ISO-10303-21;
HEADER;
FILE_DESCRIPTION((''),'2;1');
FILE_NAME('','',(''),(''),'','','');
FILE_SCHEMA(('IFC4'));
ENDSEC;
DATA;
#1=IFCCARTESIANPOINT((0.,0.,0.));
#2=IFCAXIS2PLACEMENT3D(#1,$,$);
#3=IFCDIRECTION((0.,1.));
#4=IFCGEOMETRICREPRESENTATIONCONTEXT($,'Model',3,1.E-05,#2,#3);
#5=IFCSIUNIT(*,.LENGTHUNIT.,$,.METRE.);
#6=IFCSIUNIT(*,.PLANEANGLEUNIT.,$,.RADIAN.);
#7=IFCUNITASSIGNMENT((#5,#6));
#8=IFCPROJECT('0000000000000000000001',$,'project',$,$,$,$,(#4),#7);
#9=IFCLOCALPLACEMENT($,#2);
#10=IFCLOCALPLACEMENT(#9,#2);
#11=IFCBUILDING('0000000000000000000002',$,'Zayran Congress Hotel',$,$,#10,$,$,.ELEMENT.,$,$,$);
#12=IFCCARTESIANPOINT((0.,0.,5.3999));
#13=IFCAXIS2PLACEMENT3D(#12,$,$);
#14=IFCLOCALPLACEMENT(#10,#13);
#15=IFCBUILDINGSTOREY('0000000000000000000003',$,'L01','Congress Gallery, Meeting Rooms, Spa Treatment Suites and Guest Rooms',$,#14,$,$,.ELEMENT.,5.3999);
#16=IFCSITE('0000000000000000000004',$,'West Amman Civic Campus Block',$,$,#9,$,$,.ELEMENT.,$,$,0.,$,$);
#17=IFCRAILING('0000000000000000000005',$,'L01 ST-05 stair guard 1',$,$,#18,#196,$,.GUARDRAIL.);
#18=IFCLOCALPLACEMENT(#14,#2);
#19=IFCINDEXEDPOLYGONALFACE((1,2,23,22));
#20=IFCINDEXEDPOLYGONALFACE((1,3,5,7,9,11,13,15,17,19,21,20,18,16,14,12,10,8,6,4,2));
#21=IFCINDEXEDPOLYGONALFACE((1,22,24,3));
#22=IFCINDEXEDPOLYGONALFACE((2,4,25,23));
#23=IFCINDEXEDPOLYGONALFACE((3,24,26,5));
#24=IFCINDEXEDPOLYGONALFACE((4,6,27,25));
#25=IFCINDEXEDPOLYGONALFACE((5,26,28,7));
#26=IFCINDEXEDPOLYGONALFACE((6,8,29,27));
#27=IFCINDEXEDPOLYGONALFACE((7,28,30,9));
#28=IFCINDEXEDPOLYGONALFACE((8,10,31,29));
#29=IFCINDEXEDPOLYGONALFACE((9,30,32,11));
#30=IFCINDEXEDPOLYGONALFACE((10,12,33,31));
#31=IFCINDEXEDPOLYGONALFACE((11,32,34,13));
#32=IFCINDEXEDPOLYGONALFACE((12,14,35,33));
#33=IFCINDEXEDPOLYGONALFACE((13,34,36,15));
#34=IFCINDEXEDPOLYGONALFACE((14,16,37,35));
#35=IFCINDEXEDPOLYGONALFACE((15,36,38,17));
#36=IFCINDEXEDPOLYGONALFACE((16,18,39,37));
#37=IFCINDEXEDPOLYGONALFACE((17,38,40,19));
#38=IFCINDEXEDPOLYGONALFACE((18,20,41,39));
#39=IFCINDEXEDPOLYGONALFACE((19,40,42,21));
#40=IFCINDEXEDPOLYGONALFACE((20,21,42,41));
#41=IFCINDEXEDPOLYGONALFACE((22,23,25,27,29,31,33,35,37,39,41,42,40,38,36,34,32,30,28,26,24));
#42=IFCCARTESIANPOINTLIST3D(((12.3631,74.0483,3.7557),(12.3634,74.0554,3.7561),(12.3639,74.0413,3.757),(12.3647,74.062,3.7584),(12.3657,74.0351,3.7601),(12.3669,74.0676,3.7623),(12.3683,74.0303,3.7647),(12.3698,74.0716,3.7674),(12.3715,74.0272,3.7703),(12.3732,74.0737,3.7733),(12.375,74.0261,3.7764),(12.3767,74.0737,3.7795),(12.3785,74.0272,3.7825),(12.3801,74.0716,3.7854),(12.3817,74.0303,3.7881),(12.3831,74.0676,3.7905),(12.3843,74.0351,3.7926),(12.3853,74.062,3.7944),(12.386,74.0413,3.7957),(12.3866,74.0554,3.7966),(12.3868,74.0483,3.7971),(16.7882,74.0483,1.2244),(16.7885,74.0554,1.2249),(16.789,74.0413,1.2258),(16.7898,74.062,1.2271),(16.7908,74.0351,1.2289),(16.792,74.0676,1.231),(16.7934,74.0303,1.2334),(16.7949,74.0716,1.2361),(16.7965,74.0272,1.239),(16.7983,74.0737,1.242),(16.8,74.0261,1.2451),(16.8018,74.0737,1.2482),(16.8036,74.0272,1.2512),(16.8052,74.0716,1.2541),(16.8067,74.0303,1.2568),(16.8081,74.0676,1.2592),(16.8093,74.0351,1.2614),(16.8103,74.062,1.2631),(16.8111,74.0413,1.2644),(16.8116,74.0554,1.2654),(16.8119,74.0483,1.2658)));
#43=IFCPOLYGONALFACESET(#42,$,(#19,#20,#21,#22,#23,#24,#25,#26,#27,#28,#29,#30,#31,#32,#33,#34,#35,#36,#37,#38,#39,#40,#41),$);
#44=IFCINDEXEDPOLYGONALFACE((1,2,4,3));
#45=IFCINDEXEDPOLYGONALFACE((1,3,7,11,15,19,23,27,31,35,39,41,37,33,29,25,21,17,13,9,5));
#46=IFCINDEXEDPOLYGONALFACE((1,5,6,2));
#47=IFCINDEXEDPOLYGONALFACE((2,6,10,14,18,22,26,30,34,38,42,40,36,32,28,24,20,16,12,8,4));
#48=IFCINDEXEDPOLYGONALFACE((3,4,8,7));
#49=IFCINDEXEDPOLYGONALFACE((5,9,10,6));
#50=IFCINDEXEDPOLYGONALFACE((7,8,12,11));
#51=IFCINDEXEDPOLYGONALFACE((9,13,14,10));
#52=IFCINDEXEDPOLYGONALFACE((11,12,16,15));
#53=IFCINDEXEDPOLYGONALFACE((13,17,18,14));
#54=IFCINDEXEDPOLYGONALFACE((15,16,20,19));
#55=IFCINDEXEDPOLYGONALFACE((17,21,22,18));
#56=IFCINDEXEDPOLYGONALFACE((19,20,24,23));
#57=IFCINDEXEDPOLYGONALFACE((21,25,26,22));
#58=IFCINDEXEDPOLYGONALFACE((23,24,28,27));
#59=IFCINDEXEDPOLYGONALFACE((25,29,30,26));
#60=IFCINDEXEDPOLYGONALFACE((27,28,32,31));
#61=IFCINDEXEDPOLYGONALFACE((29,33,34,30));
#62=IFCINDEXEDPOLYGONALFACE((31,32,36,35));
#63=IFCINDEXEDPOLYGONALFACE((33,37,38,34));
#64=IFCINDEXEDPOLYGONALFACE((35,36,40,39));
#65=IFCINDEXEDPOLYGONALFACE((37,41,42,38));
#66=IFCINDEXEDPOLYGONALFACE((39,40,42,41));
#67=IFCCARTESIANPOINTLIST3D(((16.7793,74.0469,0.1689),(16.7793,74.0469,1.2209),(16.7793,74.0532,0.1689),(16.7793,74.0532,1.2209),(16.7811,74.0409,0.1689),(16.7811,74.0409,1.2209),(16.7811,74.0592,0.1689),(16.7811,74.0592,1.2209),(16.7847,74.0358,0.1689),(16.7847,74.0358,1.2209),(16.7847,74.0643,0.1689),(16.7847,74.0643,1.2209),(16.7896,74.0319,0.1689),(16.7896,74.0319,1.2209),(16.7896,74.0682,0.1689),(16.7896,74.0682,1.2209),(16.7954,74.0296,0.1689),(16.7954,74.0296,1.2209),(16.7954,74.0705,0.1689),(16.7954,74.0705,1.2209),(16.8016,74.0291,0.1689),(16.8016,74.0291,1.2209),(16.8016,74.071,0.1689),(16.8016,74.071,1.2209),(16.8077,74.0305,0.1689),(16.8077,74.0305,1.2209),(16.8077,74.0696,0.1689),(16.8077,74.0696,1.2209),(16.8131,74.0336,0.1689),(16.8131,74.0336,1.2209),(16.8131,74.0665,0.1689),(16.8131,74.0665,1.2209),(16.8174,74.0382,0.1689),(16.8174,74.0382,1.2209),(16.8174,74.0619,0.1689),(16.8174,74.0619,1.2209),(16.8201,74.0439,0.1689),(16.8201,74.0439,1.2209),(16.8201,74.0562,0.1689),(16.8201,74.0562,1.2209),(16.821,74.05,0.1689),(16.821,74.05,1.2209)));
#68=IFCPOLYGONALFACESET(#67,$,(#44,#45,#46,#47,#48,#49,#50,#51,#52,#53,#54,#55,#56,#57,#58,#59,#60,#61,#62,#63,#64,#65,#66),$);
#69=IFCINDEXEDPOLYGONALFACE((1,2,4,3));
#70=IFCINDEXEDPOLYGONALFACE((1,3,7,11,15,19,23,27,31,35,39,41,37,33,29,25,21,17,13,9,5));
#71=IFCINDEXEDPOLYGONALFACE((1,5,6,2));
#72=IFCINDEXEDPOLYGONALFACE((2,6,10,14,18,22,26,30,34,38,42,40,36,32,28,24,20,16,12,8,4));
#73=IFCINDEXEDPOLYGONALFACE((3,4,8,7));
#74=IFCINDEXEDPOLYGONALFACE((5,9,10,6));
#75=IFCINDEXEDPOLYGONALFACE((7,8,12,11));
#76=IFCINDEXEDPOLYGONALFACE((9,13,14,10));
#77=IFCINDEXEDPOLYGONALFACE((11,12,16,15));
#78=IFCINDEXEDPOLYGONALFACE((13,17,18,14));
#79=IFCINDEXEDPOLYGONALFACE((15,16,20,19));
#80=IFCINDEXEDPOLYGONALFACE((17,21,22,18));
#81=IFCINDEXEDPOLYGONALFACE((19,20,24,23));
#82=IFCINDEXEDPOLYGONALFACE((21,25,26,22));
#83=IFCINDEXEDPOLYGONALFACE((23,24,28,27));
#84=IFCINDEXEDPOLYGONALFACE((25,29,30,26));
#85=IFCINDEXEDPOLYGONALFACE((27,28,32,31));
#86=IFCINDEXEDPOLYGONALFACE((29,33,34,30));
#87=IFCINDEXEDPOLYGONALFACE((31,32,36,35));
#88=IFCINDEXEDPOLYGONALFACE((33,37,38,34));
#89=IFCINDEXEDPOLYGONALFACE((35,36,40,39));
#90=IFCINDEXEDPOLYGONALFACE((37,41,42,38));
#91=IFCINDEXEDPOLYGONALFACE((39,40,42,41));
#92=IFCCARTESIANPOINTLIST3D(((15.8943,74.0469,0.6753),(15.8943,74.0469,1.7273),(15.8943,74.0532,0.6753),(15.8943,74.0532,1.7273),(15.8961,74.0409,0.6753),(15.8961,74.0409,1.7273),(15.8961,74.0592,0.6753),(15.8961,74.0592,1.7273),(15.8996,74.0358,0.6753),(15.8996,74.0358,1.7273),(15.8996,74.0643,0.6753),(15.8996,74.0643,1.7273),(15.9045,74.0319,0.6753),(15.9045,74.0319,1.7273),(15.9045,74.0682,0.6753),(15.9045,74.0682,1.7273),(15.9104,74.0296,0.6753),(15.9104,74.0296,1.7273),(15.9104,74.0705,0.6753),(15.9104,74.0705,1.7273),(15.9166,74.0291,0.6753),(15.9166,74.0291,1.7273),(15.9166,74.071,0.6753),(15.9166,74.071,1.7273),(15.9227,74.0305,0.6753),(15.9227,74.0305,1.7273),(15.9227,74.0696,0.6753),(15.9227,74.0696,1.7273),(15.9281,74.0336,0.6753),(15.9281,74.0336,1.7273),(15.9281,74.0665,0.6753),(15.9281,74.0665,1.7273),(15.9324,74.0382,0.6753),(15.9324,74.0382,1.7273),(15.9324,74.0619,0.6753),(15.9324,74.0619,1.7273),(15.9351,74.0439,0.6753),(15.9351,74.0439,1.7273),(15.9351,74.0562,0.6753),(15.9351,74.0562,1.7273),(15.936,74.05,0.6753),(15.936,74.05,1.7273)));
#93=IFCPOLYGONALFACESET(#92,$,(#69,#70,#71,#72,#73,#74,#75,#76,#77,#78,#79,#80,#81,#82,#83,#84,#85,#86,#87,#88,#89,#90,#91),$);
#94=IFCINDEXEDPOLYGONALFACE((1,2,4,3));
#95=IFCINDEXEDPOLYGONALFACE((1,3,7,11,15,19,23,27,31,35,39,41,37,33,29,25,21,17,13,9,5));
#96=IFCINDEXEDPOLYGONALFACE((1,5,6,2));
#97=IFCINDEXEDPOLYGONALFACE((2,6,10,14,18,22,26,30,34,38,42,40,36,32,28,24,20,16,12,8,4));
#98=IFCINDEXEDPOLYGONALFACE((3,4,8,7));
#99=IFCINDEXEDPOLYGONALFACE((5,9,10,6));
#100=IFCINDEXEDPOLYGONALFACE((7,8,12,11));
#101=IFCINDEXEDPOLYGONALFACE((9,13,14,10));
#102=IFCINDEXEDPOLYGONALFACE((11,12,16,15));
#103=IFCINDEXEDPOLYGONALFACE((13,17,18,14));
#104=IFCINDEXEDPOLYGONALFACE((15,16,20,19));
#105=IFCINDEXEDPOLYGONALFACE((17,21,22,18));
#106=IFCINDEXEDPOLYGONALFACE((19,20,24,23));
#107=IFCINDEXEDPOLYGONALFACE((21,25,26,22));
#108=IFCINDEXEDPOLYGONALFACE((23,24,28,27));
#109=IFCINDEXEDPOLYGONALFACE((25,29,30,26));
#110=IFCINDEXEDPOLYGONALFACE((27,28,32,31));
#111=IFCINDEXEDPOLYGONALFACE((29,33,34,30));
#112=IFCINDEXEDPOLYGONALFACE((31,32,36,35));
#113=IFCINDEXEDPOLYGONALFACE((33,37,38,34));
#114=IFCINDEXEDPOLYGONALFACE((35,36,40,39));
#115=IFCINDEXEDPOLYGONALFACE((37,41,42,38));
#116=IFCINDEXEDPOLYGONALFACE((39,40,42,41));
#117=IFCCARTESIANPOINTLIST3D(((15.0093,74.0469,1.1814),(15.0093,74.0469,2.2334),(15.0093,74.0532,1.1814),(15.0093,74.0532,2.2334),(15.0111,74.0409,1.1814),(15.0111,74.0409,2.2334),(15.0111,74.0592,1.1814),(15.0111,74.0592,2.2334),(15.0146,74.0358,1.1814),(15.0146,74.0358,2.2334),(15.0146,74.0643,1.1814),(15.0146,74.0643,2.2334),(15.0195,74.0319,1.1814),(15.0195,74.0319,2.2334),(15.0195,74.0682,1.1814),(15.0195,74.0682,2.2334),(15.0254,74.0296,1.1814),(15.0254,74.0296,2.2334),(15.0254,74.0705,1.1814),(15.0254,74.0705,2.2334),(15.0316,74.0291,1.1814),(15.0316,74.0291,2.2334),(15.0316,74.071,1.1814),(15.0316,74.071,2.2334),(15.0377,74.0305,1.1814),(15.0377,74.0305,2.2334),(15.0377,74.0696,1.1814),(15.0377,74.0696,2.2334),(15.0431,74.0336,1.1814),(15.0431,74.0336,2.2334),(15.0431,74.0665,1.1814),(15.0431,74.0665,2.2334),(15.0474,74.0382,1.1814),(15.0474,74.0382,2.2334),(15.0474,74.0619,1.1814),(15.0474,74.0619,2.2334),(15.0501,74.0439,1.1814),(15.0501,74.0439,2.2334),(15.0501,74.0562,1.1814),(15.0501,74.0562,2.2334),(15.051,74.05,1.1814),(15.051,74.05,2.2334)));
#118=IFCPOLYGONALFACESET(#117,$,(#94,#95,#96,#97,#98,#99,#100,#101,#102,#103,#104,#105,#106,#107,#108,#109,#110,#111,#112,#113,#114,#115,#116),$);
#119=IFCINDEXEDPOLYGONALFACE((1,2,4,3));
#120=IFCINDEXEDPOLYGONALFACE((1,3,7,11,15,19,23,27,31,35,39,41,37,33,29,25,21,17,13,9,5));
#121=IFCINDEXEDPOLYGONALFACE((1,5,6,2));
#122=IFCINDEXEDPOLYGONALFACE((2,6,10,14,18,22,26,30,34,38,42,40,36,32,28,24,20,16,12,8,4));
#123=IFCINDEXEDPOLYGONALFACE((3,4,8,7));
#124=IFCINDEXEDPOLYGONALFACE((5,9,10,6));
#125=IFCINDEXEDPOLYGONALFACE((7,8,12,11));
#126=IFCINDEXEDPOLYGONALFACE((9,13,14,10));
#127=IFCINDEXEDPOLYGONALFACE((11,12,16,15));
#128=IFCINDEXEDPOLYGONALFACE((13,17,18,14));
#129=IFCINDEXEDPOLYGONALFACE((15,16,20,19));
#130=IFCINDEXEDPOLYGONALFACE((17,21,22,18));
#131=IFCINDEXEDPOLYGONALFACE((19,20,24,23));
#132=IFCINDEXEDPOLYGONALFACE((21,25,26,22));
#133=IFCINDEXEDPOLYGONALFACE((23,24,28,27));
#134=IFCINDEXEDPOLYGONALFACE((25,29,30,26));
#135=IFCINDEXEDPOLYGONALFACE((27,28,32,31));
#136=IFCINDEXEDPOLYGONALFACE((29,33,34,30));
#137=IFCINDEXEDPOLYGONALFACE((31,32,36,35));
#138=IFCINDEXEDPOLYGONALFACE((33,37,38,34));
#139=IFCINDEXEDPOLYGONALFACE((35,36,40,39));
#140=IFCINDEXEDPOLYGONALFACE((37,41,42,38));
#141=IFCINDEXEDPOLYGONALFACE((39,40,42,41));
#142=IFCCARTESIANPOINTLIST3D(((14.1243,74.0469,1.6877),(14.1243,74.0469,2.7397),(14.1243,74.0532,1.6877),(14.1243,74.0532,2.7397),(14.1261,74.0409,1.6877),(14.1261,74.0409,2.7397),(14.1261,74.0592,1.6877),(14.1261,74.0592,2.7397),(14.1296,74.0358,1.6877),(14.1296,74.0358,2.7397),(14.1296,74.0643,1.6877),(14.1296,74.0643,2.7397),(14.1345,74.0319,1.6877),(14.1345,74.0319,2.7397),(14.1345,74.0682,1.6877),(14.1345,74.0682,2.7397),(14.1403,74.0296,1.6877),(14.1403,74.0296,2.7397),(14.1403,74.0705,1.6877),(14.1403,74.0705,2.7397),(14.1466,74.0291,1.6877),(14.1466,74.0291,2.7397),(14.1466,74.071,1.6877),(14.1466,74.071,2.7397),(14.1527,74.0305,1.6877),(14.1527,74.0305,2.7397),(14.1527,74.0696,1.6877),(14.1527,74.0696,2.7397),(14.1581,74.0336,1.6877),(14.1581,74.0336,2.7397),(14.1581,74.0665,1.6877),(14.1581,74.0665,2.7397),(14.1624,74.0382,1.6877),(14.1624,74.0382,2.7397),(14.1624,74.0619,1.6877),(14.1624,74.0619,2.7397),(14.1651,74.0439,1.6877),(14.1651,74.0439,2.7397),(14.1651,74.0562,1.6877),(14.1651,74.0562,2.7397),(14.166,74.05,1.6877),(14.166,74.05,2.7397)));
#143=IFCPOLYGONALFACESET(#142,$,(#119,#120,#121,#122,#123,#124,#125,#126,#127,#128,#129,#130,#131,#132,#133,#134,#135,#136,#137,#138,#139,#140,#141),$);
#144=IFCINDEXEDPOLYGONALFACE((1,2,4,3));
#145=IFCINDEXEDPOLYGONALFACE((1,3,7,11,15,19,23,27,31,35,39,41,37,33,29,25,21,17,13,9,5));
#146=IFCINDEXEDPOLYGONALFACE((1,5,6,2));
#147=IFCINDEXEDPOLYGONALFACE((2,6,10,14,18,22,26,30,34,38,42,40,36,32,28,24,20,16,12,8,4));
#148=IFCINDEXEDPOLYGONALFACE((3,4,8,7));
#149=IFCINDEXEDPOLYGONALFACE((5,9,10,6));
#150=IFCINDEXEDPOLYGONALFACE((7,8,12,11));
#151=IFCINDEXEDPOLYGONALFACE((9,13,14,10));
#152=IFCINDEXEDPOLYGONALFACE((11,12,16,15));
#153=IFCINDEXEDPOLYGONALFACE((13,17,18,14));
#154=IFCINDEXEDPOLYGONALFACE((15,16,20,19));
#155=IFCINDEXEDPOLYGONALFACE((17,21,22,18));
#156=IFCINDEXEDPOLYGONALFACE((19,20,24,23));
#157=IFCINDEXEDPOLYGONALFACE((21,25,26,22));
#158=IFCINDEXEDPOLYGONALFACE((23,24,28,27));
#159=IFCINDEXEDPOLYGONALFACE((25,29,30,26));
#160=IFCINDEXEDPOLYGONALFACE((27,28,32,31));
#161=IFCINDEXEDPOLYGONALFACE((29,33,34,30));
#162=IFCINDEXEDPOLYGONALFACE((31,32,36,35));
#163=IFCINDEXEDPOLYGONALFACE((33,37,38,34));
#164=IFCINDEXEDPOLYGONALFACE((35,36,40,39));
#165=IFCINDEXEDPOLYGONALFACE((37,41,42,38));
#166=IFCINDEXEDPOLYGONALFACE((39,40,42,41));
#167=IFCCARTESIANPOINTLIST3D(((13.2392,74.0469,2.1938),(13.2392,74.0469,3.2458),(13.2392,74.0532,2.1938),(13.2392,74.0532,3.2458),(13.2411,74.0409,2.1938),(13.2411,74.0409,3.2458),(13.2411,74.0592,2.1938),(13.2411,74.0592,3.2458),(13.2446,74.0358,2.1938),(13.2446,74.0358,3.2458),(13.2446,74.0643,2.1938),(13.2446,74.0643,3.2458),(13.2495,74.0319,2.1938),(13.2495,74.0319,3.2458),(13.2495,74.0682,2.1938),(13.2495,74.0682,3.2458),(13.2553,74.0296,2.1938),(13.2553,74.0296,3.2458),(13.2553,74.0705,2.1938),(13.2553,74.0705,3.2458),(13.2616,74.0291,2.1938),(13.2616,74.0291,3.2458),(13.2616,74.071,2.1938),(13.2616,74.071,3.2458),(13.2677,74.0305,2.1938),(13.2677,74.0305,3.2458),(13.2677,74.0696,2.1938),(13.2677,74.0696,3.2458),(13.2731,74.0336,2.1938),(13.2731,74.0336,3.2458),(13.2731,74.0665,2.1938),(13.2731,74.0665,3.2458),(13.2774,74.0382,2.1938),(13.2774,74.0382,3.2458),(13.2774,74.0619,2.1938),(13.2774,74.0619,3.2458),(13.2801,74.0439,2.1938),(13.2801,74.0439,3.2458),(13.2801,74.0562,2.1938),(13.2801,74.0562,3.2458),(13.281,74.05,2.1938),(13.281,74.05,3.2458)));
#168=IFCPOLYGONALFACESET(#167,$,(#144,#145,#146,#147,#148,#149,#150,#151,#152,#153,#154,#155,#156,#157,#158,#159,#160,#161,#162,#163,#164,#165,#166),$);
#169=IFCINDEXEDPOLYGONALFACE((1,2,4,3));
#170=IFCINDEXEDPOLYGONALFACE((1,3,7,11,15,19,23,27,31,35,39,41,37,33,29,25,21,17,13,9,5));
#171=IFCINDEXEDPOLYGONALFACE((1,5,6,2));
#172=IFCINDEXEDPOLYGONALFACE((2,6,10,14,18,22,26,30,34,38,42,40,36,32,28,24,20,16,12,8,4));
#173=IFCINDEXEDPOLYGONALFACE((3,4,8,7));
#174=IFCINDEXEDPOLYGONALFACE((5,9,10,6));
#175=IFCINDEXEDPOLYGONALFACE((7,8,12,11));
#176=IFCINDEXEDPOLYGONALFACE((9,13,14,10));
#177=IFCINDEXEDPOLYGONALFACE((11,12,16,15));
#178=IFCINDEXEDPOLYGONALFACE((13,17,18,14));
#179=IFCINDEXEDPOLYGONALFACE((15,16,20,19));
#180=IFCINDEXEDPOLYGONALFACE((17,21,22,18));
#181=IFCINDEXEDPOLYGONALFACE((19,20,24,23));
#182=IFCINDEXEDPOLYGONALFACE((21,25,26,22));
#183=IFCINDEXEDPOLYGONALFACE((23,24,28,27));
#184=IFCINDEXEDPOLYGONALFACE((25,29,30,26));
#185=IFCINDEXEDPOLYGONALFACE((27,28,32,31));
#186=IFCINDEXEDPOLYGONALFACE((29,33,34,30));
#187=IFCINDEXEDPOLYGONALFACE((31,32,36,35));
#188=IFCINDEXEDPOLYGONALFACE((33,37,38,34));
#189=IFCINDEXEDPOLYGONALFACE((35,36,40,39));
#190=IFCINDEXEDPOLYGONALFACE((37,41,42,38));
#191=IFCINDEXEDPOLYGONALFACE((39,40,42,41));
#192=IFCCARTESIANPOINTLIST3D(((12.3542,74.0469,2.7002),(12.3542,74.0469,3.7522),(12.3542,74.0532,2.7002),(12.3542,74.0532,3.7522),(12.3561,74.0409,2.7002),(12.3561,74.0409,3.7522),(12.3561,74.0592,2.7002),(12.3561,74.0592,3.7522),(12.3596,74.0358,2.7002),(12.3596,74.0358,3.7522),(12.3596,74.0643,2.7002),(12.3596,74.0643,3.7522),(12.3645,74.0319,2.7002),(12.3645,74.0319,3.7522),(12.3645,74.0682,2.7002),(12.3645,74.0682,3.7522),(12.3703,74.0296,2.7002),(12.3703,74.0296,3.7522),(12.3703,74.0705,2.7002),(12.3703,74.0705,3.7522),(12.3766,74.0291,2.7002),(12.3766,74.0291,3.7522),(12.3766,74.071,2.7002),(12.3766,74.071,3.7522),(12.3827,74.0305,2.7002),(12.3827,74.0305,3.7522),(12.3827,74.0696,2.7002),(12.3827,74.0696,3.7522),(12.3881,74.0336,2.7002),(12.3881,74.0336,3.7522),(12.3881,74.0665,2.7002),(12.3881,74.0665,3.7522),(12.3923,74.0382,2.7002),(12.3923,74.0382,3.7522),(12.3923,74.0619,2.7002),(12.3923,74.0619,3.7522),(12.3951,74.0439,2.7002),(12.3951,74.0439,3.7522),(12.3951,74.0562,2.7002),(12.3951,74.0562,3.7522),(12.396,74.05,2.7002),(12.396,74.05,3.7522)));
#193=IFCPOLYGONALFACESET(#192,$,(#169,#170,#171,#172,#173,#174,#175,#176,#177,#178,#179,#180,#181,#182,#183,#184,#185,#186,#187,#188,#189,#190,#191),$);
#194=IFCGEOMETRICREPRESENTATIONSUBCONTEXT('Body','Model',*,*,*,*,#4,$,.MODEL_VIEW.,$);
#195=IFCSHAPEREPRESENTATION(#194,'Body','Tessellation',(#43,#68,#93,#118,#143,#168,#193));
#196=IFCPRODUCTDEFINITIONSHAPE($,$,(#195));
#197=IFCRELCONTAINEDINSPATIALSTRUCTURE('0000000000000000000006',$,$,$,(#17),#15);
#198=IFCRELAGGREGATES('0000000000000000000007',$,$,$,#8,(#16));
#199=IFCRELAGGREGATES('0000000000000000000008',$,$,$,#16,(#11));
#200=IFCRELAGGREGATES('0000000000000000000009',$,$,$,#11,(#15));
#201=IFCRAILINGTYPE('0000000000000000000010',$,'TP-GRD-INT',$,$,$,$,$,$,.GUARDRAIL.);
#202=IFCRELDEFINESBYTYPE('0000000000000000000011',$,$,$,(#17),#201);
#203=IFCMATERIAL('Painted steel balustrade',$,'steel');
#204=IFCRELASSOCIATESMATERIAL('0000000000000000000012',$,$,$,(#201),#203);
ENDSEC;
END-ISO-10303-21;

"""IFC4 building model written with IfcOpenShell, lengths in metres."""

from ifc_helpers import new_model, si_unit, direction, frame, origin, origin_2d, place, context, subcontext, project, spatial, circle, extrude, material, type_object, element, save


model = new_model("IFC4")

# Units and contexts
model_context = context("Model", 3, precision=1e-05, world=origin(), true_north=direction((0.0, 1.0)))
body_context = subcontext(model_context, "Body", "Model", "MODEL_VIEW")
ifc_project = project(units=[si_unit("LENGTHUNIT", "METRE"), si_unit("PLANEANGLEUNIT", "RADIAN")], contexts=[model_context])

# Site, building, storey
site_placement = place(None, origin())
site = spatial("IfcSite", under=ifc_project, at=site_placement, Name="West Amman Civic Campus Block", CompositionType="ELEMENT", RefElevation=0.0)
building_placement = place(site_placement, origin())
building = spatial("IfcBuilding", under=site, at=building_placement, Name="Zayran Congress Hotel", CompositionType="ELEMENT")
storey_placement = place(building_placement, frame((0.0, 0.0, 5.3999)))
storey = spatial("IfcBuildingStorey", under=building, at=storey_placement, Name="L01", Description="Congress Gallery, Meeting Rooms, Spa Treatment Suites and Guest Rooms", CompositionType="ELEMENT", Elevation=5.3999)

# Railing
ifc_material_1 = material(Name="Painted steel balustrade", Category="steel")
railing_type_1 = type_object("IfcRailingType", Name="TP-GRD-INT", PredefinedType="GUARDRAIL", material=ifc_material_1)
railing_1_placement = place(storey_placement, frame((16.8, 74.05, 0.1689)))
element("IfcRailing", 1, at=railing_1_placement, inside=storey, type_object=railing_type_1, Name="L01 ST-05 stair guard 1", PredefinedType="GUARDRAIL", context=body_context, shape_type="SweptSolid", body=[
    extrude(circle(Radius=0.0239, at=origin_2d()), frame((0.0, 0.0, 1.0762), z_axis=(-0.868019, 0.0, 0.496531), x_axis=(0.0, -1.0, 0.0)), (0.0, 0.0, 1.0), 5.0979),
    extrude(circle(Radius=0.021, at=origin_2d()), origin(), (0.0, 0.0, 1.0), 1.052),
    extrude(circle(Radius=0.021, at=origin_2d()), frame((-0.885, 0.0, 0.5063)), (0.0, 0.0, 1.0), 1.052),
    extrude(circle(Radius=0.021, at=origin_2d()), frame((-1.77, 0.0, 1.0125)), (0.0, 0.0, 1.0), 1.052),
    extrude(circle(Radius=0.021, at=origin_2d()), frame((-2.655, 0.0, 1.5188)), (0.0, 0.0, 1.0), 1.052),
    extrude(circle(Radius=0.021, at=origin_2d()), frame((-3.54, 0.0, 2.0249)), (0.0, 0.0, 1.0), 1.052),
    extrude(circle(Radius=0.021, at=origin_2d()), frame((-4.425, 0.0, 2.5312)), (0.0, 0.0, 1.0), 1.052),
])

save(model, "model.ifc")
